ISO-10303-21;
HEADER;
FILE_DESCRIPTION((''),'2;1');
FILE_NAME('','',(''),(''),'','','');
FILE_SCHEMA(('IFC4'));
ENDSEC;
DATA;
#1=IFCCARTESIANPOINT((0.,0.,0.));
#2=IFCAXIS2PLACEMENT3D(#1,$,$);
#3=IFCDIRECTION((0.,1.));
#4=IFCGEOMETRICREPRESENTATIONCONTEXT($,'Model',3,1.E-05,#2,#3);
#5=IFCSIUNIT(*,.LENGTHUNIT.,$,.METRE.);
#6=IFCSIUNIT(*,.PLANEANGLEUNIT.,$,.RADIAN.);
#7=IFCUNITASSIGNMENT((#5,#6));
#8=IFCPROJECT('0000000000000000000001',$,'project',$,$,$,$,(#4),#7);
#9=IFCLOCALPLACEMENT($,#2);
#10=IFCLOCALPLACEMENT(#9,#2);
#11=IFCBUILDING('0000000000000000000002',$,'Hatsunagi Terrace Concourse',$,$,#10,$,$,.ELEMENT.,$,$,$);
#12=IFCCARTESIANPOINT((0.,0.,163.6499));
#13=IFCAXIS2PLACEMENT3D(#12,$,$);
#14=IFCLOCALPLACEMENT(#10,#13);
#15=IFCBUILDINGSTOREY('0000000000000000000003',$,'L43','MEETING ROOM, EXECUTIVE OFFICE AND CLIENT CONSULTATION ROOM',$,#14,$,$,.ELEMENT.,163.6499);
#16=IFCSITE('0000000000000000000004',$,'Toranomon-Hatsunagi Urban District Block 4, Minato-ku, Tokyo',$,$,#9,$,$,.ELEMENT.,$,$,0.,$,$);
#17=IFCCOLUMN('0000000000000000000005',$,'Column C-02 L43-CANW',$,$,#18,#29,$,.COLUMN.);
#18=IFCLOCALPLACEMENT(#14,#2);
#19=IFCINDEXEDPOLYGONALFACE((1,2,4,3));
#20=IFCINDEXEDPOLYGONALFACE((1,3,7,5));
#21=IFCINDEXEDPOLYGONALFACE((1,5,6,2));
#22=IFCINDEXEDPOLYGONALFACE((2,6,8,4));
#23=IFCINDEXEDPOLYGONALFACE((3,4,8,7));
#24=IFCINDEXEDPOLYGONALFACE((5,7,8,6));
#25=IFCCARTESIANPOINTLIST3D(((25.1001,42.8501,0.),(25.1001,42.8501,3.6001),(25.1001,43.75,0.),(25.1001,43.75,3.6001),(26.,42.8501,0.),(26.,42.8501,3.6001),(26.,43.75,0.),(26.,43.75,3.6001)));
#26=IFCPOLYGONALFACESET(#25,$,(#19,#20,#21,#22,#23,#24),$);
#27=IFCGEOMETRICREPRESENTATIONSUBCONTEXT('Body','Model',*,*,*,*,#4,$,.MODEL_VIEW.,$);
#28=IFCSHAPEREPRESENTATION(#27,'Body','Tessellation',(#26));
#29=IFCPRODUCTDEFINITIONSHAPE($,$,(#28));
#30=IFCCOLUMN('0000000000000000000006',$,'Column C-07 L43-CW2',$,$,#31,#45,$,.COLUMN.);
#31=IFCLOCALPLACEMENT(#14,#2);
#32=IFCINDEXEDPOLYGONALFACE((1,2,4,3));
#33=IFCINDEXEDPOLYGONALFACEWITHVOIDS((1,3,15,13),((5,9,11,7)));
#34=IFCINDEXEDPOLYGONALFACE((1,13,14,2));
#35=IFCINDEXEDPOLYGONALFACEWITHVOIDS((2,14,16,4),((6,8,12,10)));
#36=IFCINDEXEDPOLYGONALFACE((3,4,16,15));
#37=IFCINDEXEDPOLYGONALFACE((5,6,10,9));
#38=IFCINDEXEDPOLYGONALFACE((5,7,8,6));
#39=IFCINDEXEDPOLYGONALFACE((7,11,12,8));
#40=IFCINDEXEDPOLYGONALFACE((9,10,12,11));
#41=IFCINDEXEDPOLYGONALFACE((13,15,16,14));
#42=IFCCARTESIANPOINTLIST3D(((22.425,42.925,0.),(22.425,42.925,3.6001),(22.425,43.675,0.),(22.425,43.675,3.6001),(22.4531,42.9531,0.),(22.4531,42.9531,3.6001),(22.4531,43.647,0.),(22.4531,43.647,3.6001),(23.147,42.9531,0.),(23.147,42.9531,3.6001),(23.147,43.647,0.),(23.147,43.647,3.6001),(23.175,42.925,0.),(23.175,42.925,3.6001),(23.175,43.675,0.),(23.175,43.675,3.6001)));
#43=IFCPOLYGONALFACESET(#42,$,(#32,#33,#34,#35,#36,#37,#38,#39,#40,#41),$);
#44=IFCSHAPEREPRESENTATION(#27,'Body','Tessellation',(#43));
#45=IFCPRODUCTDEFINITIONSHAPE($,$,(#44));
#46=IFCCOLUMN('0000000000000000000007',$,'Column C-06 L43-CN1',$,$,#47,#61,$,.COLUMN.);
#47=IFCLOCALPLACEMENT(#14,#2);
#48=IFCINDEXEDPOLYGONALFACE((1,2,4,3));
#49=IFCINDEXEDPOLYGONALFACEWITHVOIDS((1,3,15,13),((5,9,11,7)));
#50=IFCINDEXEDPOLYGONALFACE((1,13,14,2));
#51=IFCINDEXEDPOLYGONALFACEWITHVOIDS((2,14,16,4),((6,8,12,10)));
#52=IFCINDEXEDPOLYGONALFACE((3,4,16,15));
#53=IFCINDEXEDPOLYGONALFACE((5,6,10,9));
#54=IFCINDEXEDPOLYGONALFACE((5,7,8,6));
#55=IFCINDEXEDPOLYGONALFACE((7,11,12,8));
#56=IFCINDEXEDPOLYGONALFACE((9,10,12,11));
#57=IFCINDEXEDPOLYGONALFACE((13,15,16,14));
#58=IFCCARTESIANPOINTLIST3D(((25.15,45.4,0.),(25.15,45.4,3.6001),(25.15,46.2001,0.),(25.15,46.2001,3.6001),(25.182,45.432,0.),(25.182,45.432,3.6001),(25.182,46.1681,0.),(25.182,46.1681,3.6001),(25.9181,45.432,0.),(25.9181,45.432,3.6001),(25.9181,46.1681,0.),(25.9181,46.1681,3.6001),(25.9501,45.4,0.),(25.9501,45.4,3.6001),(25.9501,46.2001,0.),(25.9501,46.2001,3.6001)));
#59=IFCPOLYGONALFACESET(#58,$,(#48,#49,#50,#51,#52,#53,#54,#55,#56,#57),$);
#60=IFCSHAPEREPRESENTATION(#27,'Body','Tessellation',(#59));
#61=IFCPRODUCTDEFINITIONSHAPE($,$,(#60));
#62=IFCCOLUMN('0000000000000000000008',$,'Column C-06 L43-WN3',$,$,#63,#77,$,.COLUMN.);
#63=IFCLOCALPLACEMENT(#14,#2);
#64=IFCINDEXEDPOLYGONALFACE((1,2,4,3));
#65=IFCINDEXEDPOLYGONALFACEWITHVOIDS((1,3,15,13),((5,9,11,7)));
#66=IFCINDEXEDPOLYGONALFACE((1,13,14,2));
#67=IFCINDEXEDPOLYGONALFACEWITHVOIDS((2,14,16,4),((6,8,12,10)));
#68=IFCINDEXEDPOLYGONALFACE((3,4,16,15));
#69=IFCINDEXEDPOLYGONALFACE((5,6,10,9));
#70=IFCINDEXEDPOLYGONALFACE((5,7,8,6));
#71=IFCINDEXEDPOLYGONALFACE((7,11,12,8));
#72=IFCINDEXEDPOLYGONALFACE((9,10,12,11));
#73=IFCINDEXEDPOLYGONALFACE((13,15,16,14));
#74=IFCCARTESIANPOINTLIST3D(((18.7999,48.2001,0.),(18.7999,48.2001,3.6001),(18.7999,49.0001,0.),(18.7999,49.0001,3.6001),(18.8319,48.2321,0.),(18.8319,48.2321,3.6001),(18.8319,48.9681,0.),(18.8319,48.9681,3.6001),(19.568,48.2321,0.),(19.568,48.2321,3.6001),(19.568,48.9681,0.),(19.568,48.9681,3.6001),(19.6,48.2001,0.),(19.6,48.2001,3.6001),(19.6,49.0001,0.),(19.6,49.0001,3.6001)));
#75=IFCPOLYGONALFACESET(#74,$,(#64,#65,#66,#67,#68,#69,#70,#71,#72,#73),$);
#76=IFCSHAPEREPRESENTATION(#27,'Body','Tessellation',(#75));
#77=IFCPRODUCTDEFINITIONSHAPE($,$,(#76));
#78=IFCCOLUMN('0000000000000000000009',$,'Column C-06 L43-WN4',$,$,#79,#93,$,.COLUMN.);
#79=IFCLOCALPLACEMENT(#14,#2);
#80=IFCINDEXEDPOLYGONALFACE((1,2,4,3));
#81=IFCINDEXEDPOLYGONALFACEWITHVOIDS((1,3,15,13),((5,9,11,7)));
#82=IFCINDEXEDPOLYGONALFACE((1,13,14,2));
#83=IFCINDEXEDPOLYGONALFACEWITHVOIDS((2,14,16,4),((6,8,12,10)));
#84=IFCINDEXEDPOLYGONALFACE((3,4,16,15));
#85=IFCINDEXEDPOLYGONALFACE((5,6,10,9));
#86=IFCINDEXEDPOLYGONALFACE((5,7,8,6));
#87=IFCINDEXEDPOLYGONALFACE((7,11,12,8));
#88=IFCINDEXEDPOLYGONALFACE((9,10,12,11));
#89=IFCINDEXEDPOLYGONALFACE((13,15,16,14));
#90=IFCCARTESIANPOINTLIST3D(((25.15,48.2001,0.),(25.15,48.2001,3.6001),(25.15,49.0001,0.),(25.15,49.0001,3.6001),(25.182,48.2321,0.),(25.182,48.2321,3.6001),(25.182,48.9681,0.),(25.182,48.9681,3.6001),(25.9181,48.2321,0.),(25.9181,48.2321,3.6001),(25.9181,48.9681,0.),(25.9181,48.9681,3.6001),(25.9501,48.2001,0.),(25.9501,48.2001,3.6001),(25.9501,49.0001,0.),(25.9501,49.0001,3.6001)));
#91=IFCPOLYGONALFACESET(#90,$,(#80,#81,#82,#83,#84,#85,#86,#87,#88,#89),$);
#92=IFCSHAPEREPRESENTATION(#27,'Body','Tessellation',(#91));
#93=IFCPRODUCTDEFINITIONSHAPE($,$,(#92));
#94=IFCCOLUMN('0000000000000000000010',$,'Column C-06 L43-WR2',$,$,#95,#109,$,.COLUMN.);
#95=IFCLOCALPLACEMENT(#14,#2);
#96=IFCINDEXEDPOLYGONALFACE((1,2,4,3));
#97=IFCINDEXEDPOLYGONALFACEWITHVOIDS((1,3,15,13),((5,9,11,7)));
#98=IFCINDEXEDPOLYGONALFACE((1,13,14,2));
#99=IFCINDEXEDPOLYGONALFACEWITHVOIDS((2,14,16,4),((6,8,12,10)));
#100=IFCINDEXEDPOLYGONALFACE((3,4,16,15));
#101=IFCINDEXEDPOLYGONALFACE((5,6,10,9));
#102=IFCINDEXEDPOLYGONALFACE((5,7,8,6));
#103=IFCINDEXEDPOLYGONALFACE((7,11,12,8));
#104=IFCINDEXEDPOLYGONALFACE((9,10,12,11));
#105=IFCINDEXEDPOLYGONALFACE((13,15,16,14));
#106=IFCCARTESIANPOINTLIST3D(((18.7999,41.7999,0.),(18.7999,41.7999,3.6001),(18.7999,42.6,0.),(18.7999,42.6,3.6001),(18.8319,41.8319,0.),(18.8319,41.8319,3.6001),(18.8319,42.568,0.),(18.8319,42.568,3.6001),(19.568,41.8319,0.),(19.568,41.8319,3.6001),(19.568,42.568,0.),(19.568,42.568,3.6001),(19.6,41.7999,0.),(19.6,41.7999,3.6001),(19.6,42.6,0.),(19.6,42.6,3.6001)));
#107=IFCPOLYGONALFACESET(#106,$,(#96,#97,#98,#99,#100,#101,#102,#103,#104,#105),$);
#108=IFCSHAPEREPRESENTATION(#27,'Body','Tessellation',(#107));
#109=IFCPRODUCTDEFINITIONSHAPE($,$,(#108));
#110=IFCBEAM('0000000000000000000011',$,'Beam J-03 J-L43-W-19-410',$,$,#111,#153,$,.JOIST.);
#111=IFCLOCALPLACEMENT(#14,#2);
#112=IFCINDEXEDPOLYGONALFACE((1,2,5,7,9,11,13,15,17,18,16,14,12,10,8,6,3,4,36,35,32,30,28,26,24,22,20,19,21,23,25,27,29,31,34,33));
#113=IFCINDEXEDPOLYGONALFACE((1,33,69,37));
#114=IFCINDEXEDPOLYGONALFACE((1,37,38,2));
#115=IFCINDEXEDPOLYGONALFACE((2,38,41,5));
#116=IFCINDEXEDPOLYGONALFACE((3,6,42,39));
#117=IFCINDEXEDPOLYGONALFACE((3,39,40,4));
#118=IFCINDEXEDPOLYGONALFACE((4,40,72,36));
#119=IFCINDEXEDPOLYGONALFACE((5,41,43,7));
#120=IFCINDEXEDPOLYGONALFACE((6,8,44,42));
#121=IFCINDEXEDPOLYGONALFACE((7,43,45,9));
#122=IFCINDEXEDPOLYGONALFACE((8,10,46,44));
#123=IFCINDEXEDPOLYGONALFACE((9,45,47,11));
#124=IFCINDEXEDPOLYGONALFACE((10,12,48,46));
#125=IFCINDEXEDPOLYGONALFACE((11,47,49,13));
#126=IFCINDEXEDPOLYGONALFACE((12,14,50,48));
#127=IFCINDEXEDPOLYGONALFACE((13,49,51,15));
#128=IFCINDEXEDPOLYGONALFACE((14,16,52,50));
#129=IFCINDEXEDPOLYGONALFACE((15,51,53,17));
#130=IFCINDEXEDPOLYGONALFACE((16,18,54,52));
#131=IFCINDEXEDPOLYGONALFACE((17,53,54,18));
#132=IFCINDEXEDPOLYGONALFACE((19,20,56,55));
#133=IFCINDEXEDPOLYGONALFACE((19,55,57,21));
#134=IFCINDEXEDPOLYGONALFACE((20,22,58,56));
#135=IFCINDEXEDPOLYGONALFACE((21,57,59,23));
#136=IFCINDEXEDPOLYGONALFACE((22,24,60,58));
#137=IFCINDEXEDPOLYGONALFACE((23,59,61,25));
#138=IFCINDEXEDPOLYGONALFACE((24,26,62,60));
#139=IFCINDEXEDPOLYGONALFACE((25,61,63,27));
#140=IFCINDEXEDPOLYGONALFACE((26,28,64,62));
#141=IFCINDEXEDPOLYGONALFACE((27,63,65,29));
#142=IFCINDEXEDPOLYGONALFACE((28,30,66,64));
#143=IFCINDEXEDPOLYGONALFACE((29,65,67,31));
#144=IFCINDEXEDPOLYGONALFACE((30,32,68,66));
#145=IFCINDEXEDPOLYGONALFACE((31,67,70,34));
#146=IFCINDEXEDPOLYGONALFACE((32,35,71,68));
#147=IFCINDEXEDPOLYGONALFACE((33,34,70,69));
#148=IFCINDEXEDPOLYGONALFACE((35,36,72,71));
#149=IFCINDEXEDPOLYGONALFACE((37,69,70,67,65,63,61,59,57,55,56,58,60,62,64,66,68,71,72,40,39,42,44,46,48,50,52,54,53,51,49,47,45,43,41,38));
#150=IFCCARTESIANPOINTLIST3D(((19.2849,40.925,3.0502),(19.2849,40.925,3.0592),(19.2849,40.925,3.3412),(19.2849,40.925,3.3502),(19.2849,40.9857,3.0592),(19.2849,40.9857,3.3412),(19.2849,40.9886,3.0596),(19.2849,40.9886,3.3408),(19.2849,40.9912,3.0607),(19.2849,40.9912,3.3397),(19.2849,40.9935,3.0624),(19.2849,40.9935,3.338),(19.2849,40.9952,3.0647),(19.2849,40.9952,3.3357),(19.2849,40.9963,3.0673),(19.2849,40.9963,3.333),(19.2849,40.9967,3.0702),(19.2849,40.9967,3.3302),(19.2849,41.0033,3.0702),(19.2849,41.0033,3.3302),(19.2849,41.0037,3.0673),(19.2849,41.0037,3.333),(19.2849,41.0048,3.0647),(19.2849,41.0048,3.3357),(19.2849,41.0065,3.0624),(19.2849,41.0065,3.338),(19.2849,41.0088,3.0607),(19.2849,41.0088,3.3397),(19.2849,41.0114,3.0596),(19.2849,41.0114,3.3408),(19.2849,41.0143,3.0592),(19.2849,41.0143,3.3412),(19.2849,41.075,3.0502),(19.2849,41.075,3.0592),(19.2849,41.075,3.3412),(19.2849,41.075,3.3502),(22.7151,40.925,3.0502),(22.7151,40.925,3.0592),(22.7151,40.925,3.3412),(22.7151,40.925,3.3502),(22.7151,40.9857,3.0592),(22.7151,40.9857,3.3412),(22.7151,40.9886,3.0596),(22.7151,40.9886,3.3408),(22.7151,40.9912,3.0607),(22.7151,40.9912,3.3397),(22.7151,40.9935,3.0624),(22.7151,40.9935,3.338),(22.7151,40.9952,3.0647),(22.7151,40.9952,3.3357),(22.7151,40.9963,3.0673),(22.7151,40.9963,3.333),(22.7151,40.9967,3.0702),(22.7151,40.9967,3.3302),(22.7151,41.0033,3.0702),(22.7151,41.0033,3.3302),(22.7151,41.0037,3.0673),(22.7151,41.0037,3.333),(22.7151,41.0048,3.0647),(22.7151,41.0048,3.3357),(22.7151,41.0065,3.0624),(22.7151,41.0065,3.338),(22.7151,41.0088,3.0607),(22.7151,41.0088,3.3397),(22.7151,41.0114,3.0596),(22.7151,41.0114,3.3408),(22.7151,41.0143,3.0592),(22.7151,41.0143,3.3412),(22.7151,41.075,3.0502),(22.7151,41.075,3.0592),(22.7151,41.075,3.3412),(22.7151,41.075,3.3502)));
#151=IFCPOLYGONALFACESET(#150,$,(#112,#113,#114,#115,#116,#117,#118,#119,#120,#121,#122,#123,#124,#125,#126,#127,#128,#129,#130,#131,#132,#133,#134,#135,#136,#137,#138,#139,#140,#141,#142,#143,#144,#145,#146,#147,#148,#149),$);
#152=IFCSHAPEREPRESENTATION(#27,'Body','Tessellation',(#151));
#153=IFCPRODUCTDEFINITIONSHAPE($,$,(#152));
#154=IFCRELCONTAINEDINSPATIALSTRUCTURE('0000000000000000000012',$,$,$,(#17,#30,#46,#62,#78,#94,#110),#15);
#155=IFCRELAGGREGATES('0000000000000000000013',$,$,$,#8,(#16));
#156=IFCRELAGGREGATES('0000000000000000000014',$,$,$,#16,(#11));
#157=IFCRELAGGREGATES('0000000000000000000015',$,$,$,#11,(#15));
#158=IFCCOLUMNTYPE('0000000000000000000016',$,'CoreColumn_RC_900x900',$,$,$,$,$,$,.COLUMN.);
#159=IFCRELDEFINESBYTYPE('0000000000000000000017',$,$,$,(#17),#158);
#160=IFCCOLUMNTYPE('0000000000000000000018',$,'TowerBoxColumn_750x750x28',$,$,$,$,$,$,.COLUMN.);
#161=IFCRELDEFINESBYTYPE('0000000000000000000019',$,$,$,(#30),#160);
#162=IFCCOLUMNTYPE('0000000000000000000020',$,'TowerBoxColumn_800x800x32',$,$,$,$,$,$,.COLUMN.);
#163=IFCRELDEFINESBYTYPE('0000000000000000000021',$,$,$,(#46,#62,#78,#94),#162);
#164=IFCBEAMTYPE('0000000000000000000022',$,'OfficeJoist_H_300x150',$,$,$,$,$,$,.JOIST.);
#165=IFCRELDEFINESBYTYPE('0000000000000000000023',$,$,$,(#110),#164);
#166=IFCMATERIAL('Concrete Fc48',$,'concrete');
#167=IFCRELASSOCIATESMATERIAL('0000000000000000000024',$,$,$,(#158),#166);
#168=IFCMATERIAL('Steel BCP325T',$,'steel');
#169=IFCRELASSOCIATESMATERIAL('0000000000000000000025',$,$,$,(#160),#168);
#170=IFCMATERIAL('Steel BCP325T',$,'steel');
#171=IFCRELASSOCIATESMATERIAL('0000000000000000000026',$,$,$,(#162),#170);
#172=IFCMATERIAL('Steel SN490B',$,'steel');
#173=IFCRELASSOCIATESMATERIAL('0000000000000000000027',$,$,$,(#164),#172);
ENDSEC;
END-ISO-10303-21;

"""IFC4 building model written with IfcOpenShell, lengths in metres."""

from ifc_helpers import new_model, si_unit, direction, frame, origin, origin_2d, place, context, subcontext, project, spatial, rectangle, hollow_rectangle, i_section, extrude, material, material_profile, profile_set, type_object, element, save


model = new_model("IFC4")

# Units and contexts
model_context = context("Model", 3, precision=1e-05, world=origin(), true_north=direction((0.0, 1.0)))
body_context = subcontext(model_context, "Body", "Model", "MODEL_VIEW")
ifc_project = project(units=[si_unit("LENGTHUNIT", "METRE"), si_unit("PLANEANGLEUNIT", "RADIAN")], contexts=[model_context])

# Site, building, storey
site_placement = place(None, origin())
site = spatial("IfcSite", under=ifc_project, at=site_placement, Name="Toranomon-Hatsunagi Urban District Block 4, Minato-ku, Tokyo", CompositionType="ELEMENT", RefElevation=0.0)
building_placement = place(site_placement, origin())
building = spatial("IfcBuilding", under=site, at=building_placement, Name="Hatsunagi Terrace Concourse", CompositionType="ELEMENT")
storey_placement = place(building_placement, frame((0.0, 0.0, 163.6499)))
storey = spatial("IfcBuildingStorey", under=building, at=storey_placement, Name="L43", Description="MEETING ROOM, EXECUTIVE OFFICE AND CLIENT CONSULTATION ROOM", CompositionType="ELEMENT", Elevation=163.6499)

# Columns
ifc_material_1 = material(Name="Concrete Fc48", Category="concrete")
ifc_material_profile_1 = material_profile(ifc_material_1, rectangle(XDim=0.8999, YDim=0.8999, at=origin_2d()), Name="RC-900x900")
ifc_profile_set_1 = profile_set([ifc_material_profile_1], Name="Concrete Fc48")
column_type_1 = type_object("IfcColumnType", Name="CoreColumn_RC_900x900", PredefinedType="COLUMN", material=ifc_profile_set_1)
column_1_placement = place(storey_placement, frame((25.55, 43.3, 0.0), z_axis=(0.0, 0.0, 1.0), x_axis=(1.0, 0.0, 0.0)))
element("IfcColumn", 1, at=column_1_placement, inside=storey, type_object=column_type_1, Name="Column C-02 L43-CANW", PredefinedType="COLUMN", context=body_context, shape_type="SweptSolid", body=[
    extrude(rectangle(XDim=0.8999, YDim=0.8999, at=origin_2d()), origin(), (0.0, 0.0, 1.0), 3.6001),
])
ifc_material_2 = material(Name="Steel BCP325T", Category="steel")
ifc_material_profile_2 = material_profile(ifc_material_2, hollow_rectangle(XDim=0.75, YDim=0.75, WallThickness=0.0281, at=origin_2d()), Name="BCP-750x750x28")
ifc_profile_set_2 = profile_set([ifc_material_profile_2], Name="Steel BCP325T")
column_type_2 = type_object("IfcColumnType", Name="TowerBoxColumn_750x750x28", PredefinedType="COLUMN", material=ifc_profile_set_2)
column_2_placement = place(storey_placement, frame((22.8, 43.3, 0.0), z_axis=(0.0, 0.0, 1.0), x_axis=(1.0, 0.0, 0.0)))
element("IfcColumn", 2, at=column_2_placement, inside=storey, type_object=column_type_2, Name="Column C-07 L43-CW2", PredefinedType="COLUMN", context=body_context, shape_type="SweptSolid", body=[
    extrude(hollow_rectangle(XDim=0.75, YDim=0.75, WallThickness=0.0281, at=origin_2d()), origin(), (0.0, 0.0, 1.0), 3.6001),
])
ifc_material_3 = material(Name="Steel BCP325T", Category="steel")
ifc_material_profile_3 = material_profile(ifc_material_3, hollow_rectangle(XDim=0.8, YDim=0.8, WallThickness=0.032, at=origin_2d()), Name="BCP-800x800x32")
ifc_profile_set_3 = profile_set([ifc_material_profile_3], Name="Steel BCP325T")
column_type_3 = type_object("IfcColumnType", Name="TowerBoxColumn_800x800x32", PredefinedType="COLUMN", material=ifc_profile_set_3)
for number, where, z_axis, x_axis, name in (
    (3, (25.55, 45.8, 0.0), (0.0, 0.0, 1.0), (1.0, 0.0, 0.0), "Column C-06 L43-CN1"),
    (4, (19.2, 48.6001, 0.0), (0.0, 0.0, 1.0), (1.0, 0.0, 0.0), "Column C-06 L43-WN3"),
    (5, (25.55, 48.6001, 0.0), (0.0, 0.0, 1.0), (1.0, 0.0, 0.0), "Column C-06 L43-WN4"),
    (6, (19.2, 42.2, 0.0), (0.0, 0.0, 1.0), (1.0, 0.0, 0.0), "Column C-06 L43-WR2"),
):
    element("IfcColumn", number, at=place(storey_placement, frame(where, z_axis=z_axis, x_axis=x_axis)), inside=storey, type_object=column_type_3, Name=name, PredefinedType="COLUMN", context=body_context, shape_type="SweptSolid", body=[
        extrude(hollow_rectangle(XDim=0.8, YDim=0.8, WallThickness=0.032, at=origin_2d()), origin(), (0.0, 0.0, 1.0), 3.6001),
    ])

# Beam
ifc_material_4 = material(Name="Steel SN490B", Category="steel")
ifc_material_profile_4 = material_profile(ifc_material_4, i_section(OverallWidth=0.1499, OverallDepth=0.3, WebThickness=0.0066, FlangeThickness=0.009, FilletRadius=0.011, at=origin_2d()), Name="H-300x150x6.5x9")
ifc_profile_set_4 = profile_set([ifc_material_profile_4], Name="Steel SN490B")
beam_type_1 = type_object("IfcBeamType", Name="OfficeJoist_H_300x150", PredefinedType="JOIST", material=ifc_profile_set_4)
beam_1_placement = place(storey_placement, frame((19.2849, 41.0, 3.2002), z_axis=(1.0, 0.0, 0.0), x_axis=(0.0, 1.0, 0.0)))
element("IfcBeam", 7, at=beam_1_placement, inside=storey, type_object=beam_type_1, Name="Beam J-03 J-L43-W-19-410", PredefinedType="JOIST", context=body_context, shape_type="SweptSolid", body=[
    extrude(i_section(OverallWidth=0.1499, OverallDepth=0.3, WebThickness=0.0066, FlangeThickness=0.009, FilletRadius=0.011, at=origin_2d()), origin(), (0.0, 0.0, 1.0), 3.4302),
])

save(model, "model.ifc")
